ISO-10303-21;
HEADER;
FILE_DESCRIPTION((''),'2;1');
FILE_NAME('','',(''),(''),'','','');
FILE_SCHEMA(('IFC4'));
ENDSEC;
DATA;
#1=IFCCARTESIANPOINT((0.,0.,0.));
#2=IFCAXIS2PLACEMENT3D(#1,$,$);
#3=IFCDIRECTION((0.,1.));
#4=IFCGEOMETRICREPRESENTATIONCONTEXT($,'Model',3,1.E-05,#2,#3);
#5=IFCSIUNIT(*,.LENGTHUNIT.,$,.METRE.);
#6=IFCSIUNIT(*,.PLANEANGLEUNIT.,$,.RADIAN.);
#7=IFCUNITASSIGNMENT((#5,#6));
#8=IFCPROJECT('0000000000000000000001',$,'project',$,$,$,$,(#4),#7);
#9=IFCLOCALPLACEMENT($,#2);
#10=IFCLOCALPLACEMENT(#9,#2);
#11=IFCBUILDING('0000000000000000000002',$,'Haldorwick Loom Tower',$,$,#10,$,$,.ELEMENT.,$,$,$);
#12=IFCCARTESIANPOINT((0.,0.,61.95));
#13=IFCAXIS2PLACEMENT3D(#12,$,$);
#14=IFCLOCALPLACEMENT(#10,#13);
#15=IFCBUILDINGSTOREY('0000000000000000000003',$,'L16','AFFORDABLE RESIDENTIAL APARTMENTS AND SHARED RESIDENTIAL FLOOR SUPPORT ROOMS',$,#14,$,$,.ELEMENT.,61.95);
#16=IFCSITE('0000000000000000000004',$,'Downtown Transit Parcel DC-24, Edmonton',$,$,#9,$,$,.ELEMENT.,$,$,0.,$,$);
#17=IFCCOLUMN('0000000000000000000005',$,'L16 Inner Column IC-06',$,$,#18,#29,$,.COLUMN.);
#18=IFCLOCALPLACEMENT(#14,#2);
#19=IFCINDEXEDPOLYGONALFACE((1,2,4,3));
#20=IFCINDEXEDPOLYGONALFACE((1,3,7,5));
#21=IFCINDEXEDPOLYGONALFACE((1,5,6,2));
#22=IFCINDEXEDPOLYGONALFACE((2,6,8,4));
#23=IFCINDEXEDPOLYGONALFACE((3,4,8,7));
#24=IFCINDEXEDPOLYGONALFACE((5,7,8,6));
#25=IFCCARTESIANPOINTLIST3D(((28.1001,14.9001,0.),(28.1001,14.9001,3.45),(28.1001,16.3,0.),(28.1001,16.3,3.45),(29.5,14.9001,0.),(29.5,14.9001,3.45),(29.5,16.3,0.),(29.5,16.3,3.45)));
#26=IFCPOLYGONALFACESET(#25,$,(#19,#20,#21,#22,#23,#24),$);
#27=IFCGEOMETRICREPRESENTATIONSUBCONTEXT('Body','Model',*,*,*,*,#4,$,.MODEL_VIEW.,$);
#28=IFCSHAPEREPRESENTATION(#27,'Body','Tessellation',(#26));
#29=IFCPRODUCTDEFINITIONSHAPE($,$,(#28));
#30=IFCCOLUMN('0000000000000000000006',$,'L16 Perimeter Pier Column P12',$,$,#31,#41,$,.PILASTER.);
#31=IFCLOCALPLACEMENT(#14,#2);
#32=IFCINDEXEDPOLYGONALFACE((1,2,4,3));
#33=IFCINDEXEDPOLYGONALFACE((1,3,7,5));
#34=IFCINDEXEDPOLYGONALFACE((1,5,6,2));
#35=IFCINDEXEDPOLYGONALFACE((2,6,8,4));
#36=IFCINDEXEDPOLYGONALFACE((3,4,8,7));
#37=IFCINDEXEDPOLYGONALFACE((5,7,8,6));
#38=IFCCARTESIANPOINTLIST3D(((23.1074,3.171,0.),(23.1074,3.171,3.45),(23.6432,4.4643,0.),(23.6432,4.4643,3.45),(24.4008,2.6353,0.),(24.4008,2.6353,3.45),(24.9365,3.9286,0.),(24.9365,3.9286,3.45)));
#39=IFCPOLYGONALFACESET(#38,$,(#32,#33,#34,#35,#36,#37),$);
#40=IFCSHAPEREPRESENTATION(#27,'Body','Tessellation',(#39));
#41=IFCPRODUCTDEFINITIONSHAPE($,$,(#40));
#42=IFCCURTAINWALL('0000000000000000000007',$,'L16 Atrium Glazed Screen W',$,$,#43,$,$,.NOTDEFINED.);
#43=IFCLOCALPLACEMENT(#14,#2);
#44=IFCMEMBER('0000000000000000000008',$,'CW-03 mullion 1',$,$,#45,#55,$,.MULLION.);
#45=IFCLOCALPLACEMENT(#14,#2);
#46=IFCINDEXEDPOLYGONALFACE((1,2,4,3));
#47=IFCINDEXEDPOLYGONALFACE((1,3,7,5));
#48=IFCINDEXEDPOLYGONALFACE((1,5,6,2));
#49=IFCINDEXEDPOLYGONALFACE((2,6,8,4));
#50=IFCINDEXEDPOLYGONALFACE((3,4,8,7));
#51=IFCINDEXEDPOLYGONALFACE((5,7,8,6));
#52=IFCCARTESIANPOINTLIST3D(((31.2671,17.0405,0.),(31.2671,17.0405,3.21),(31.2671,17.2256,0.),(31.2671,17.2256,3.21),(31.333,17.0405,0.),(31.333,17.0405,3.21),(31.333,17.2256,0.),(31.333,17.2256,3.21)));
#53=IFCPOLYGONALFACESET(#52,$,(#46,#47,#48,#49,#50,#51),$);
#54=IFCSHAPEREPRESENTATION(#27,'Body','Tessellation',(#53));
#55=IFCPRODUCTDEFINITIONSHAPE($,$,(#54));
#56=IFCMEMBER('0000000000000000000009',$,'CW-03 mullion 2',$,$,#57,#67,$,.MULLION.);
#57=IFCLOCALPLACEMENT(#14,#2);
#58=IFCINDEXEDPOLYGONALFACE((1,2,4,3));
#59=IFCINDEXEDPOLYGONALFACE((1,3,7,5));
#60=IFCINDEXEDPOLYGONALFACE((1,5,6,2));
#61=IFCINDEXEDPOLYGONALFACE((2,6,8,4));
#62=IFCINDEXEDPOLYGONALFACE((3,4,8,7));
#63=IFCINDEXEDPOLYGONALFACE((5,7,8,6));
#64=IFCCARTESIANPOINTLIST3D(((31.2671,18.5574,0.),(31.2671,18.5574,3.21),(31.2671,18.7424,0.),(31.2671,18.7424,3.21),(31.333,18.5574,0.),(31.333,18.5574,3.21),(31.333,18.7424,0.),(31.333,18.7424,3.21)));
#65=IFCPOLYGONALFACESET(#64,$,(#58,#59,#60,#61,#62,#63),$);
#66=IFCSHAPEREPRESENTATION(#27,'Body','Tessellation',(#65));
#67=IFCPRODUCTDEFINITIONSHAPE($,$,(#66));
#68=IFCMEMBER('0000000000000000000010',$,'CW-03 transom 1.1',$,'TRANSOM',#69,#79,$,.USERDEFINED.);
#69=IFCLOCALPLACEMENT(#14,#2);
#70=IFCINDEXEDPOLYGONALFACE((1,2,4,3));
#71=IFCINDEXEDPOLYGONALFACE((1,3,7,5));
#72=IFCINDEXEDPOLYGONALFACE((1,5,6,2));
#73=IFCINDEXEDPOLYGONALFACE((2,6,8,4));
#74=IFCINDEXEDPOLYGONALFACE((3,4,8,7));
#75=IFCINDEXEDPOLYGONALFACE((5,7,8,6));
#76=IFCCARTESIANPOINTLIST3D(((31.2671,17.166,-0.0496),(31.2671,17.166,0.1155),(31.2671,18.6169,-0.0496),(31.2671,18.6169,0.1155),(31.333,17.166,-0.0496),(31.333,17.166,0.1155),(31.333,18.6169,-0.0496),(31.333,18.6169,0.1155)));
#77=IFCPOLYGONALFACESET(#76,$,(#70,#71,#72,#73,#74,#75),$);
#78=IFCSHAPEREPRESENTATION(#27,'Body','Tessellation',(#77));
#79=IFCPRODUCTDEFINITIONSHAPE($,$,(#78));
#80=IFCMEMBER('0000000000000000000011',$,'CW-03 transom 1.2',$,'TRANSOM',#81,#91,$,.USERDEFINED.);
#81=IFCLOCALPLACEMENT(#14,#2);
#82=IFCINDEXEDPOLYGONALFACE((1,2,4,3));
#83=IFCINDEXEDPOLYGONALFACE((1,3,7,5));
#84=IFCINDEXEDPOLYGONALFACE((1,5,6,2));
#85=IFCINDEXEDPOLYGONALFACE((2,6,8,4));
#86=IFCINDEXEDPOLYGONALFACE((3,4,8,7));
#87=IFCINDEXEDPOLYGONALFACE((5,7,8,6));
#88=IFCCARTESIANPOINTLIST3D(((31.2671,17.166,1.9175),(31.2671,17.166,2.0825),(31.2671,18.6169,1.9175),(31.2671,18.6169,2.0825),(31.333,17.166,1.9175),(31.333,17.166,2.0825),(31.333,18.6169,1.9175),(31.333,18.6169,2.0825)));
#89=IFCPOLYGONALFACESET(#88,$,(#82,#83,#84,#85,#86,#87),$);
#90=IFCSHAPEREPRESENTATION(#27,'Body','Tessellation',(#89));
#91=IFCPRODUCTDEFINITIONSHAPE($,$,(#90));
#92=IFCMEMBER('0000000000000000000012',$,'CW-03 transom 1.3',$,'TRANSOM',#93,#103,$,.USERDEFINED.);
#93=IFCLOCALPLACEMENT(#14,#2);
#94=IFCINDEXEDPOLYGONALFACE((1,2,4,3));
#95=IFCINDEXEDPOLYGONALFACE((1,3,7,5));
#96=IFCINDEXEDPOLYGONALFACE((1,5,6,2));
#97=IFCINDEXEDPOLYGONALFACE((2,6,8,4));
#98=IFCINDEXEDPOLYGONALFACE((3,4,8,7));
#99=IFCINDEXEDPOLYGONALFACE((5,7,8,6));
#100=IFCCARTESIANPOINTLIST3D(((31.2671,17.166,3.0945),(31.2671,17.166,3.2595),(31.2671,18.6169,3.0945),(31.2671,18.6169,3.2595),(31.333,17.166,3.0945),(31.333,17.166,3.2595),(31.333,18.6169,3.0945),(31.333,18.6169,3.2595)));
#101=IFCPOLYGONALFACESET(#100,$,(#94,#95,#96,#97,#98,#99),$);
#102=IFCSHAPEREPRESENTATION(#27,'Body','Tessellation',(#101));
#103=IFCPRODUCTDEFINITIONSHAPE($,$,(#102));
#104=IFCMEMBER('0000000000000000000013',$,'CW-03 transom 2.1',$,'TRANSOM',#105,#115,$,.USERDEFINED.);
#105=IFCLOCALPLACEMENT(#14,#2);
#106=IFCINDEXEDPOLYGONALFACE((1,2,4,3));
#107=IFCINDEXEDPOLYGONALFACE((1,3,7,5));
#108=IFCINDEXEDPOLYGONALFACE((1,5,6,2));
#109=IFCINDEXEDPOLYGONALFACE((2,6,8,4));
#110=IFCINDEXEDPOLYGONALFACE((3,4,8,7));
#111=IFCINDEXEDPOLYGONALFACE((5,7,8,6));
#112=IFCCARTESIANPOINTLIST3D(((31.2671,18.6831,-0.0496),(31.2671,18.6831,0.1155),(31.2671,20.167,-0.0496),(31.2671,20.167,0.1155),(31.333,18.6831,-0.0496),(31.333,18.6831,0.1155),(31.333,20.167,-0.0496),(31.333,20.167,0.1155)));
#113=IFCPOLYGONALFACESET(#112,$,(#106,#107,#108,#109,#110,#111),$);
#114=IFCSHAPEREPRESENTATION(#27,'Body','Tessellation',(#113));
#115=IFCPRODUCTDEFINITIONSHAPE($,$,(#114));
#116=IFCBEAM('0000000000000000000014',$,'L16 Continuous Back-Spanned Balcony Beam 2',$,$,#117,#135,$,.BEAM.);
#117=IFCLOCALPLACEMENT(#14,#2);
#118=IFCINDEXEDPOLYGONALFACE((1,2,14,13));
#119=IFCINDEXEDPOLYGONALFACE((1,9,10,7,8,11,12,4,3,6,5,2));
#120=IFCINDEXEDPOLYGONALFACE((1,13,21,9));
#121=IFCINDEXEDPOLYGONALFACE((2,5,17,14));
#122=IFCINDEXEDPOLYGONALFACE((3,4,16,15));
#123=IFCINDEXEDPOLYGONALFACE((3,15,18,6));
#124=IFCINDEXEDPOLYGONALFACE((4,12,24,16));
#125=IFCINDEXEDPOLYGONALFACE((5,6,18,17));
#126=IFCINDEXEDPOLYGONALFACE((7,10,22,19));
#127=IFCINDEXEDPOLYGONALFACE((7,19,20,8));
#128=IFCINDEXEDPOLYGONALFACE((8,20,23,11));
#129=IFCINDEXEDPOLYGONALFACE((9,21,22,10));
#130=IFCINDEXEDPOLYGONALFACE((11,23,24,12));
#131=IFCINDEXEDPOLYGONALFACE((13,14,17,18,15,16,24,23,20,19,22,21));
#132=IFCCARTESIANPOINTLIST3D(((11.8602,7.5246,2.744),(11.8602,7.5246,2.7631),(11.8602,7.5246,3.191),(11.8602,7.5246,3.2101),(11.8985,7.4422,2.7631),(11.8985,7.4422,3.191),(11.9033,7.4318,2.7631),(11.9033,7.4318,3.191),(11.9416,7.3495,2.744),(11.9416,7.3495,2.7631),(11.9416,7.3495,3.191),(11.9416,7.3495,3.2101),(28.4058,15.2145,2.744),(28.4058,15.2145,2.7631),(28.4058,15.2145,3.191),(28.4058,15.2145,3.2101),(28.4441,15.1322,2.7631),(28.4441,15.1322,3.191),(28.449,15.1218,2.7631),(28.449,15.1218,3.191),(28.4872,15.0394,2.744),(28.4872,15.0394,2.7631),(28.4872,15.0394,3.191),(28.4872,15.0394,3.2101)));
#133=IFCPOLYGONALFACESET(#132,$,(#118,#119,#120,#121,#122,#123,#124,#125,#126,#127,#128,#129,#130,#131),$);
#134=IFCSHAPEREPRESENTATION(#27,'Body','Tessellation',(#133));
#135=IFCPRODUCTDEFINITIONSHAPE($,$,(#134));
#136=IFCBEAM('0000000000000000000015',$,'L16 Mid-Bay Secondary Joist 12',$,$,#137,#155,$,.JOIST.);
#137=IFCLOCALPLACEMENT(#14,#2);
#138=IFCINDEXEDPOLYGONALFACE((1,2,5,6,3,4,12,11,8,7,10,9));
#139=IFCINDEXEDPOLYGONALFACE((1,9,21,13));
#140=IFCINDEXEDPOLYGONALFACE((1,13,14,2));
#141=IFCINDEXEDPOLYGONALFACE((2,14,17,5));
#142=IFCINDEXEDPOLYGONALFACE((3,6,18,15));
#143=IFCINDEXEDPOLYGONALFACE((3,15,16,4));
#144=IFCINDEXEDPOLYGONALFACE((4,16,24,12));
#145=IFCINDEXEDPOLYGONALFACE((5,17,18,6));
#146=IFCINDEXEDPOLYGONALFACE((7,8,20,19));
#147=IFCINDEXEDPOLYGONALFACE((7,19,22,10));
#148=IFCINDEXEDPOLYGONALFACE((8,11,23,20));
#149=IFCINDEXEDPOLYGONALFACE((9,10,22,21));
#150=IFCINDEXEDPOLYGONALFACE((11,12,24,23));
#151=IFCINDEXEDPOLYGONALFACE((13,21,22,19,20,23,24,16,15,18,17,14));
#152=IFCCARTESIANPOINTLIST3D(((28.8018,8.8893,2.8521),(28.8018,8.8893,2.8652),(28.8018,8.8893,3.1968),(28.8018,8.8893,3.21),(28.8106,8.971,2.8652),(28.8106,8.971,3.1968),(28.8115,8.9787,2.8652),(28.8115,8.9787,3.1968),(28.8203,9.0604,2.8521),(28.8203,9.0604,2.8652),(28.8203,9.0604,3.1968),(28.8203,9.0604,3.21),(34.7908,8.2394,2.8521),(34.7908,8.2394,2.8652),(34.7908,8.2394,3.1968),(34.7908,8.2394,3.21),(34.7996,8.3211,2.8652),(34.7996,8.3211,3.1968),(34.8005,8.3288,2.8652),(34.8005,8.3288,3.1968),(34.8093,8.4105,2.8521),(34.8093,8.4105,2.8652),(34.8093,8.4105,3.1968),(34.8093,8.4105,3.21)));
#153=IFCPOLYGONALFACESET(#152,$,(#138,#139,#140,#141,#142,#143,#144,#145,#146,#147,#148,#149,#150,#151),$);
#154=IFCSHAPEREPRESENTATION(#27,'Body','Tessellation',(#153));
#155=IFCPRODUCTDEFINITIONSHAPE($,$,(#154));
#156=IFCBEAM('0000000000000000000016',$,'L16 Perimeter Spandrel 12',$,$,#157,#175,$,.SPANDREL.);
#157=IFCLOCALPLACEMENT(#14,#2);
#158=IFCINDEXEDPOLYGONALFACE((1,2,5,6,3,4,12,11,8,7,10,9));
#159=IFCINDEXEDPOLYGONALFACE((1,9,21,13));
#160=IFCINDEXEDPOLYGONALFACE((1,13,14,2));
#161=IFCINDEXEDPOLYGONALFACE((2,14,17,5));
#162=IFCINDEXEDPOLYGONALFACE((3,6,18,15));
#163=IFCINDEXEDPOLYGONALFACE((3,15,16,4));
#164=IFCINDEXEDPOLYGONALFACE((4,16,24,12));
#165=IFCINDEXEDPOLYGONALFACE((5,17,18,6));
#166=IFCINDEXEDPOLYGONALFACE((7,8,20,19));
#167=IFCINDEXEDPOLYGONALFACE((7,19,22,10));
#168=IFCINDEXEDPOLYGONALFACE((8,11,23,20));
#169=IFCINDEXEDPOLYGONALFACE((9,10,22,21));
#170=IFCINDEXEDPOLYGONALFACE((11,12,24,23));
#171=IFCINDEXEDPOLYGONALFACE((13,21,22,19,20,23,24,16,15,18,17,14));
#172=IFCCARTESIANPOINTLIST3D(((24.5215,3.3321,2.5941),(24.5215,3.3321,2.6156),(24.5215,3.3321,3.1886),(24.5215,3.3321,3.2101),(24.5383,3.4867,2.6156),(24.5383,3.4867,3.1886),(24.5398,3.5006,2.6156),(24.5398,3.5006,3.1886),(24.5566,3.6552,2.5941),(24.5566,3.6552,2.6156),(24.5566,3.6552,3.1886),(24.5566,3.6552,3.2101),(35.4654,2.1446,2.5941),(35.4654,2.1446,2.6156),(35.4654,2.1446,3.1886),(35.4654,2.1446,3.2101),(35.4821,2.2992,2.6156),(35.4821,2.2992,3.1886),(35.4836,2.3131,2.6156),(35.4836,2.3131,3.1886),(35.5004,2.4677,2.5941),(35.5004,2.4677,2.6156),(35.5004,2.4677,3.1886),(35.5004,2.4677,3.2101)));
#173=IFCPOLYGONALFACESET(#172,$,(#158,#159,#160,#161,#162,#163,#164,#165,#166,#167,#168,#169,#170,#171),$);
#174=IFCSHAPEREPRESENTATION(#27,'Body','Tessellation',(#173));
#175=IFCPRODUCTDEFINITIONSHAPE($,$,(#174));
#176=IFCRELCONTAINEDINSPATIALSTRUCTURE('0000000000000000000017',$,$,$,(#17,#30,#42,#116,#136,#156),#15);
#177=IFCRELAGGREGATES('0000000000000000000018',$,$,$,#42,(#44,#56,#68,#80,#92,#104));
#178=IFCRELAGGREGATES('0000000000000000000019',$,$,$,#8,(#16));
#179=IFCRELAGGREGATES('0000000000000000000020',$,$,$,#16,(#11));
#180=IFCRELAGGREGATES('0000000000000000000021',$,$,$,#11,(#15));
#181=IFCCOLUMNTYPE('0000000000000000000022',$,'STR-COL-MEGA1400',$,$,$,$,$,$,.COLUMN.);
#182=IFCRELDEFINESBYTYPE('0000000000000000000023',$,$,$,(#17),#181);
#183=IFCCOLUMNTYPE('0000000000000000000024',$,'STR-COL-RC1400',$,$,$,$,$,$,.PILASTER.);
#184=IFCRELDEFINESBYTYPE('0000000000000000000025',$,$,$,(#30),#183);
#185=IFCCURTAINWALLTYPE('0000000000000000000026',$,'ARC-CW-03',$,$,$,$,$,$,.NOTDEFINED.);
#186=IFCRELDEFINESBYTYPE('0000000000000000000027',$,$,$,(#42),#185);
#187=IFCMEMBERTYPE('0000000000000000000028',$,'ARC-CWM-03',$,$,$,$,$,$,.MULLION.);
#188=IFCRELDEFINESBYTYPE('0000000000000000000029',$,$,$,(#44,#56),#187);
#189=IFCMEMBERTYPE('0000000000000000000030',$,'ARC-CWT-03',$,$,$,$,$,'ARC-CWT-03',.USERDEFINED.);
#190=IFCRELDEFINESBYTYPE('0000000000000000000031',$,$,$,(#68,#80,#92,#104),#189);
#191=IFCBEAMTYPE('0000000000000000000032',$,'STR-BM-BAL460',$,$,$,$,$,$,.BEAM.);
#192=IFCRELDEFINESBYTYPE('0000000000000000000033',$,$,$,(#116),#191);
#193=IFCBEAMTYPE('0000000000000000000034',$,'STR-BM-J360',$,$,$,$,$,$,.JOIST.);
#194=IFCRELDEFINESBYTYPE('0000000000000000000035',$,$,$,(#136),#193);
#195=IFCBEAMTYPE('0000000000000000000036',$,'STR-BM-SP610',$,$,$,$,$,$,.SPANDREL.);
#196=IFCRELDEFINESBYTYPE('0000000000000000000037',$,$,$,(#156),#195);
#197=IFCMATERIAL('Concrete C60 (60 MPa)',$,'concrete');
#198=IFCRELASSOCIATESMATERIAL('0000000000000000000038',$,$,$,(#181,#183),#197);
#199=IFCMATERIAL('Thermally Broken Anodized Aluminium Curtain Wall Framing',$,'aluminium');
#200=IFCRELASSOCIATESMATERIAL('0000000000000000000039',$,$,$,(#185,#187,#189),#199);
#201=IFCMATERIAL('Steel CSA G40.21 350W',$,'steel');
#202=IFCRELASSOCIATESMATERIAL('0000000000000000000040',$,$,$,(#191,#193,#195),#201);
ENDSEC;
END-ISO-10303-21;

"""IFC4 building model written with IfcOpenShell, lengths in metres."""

from ifc_helpers import new_model, si_unit, direction, frame, origin, origin_2d, place, context, subcontext, project, spatial, rectangle, i_section, extrude, material, material_profile, profile_set, type_object, element, aggregate, save


model = new_model("IFC4")

# Units and contexts
model_context = context("Model", 3, precision=1e-05, world=origin(), true_north=direction((0.0, 1.0)))
body_context = subcontext(model_context, "Body", "Model", "MODEL_VIEW")
ifc_project = project(units=[si_unit("LENGTHUNIT", "METRE"), si_unit("PLANEANGLEUNIT", "RADIAN")], contexts=[model_context])

# Site, building, storey
site_placement = place(None, origin())
site = spatial("IfcSite", under=ifc_project, at=site_placement, Name="Downtown Transit Parcel DC-24, Edmonton", CompositionType="ELEMENT", RefElevation=0.0)
building_placement = place(site_placement, origin())
building = spatial("IfcBuilding", under=site, at=building_placement, Name="Haldorwick Loom Tower", CompositionType="ELEMENT")
storey_placement = place(building_placement, frame((0.0, 0.0, 61.95)))
storey = spatial("IfcBuildingStorey", under=building, at=storey_placement, Name="L16", Description="AFFORDABLE RESIDENTIAL APARTMENTS AND SHARED RESIDENTIAL FLOOR SUPPORT ROOMS", CompositionType="ELEMENT", Elevation=61.95)

# Columns
ifc_material_1 = material(Name="Concrete C60 (60 MPa)", Category="concrete")
ifc_material_profile_1 = material_profile(ifc_material_1, rectangle(XDim=1.3999, YDim=1.3999, at=origin_2d()), Name="RC1400X1400", Category="concrete")
ifc_profile_set_1 = profile_set([ifc_material_profile_1], Name="Concrete C60 (60 MPa)")
column_type_1 = type_object("IfcColumnType", Name="STR-COL-MEGA1400", PredefinedType="COLUMN", material=ifc_profile_set_1)
column_1_placement = place(storey_placement, frame((28.8, 15.6001, 0.0), z_axis=(0.0, 0.0, 1.0), x_axis=(1.0, 0.0, 0.0)))
element("IfcColumn", 1, at=column_1_placement, inside=storey, type_object=column_type_1, Name="L16 Inner Column IC-06", PredefinedType="COLUMN", context=body_context, shape_type="SweptSolid", body=[
    extrude(rectangle(XDim=1.3999, YDim=1.3999, at=origin_2d()), origin(), (0.0, 0.0, 1.0), 3.45),
])
ifc_material_profile_2 = material_profile(ifc_material_1, rectangle(XDim=1.3999, YDim=1.3999, at=origin_2d()), Name="RC1400X1400", Category="concrete")
ifc_profile_set_2 = profile_set([ifc_material_profile_2], Name="Concrete C60 (60 MPa)")
column_type_2 = type_object("IfcColumnType", Name="STR-COL-RC1400", PredefinedType="PILASTER", material=ifc_profile_set_2)
column_2_placement = place(storey_placement, frame((24.022, 3.5498, 0.0), z_axis=(0.0, 0.0, 1.0), x_axis=(-0.382683, -0.92388, 0.0)))
element("IfcColumn", 2, at=column_2_placement, inside=storey, type_object=column_type_2, Name="L16 Perimeter Pier Column P12", PredefinedType="PILASTER", context=body_context, shape_type="SweptSolid", body=[
    extrude(rectangle(XDim=1.3999, YDim=1.3999, at=origin_2d()), origin(), (0.0, 0.0, 1.0), 3.45),
])

# Curtain wall, members
ifc_material_2 = material(Name="Thermally Broken Anodized Aluminium Curtain Wall Framing", Category="aluminium")
curtain_wall_type = type_object("IfcCurtainWallType", Name="ARC-CW-03", PredefinedType="NOTDEFINED", material=ifc_material_2)
curtain_wall_placement = place(storey_placement, origin())
curtain_wall = element("IfcCurtainWall", 3, at=curtain_wall_placement, inside=storey, type_object=curtain_wall_type, Name="L16 Atrium Glazed Screen W", PredefinedType="NOTDEFINED")
ifc_material_profile_3 = material_profile(ifc_material_2, rectangle(XDim=0.0659, YDim=0.1851, at=origin_2d()), Name="ALU_MUL_66X185", Category="aluminium")
ifc_profile_set_3 = profile_set([ifc_material_profile_3], Name="Thermally Broken Anodized Aluminium Curtain Wall Framing")
member_type_1 = type_object("IfcMemberType", Name="ARC-CWM-03", PredefinedType="MULLION", material=ifc_profile_set_3)
member_1_placement = place(storey_placement, frame((31.3, 17.1331, 0.0), z_axis=(0.0, 0.0, 1.0), x_axis=(-1.0, 0.0, 0.0)))
member_1 = element("IfcMember", 4, at=member_1_placement, type_object=member_type_1, Name="CW-03 mullion 1", PredefinedType="MULLION", context=body_context, shape_type="SweptSolid", body=[
    extrude(rectangle(XDim=0.0659, YDim=0.1851, at=origin_2d()), origin(), (0.0, 0.0, 1.0), 3.21),
])
member_2_placement = place(storey_placement, frame((31.3, 18.6499, 0.0), z_axis=(0.0, 0.0, 1.0), x_axis=(-1.0, 0.0, 0.0)))
member_2 = element("IfcMember", 5, at=member_2_placement, type_object=member_type_1, Name="CW-03 mullion 2", PredefinedType="MULLION", context=body_context, shape_type="SweptSolid", body=[
    extrude(rectangle(XDim=0.0659, YDim=0.1851, at=origin_2d()), origin(), (0.0, 0.0, 1.0), 3.21),
])
ifc_material_profile_4 = material_profile(ifc_material_2, rectangle(XDim=0.0659, YDim=0.165, at=origin_2d()), Name="ALU_TRN_66X165", Category="aluminium")
ifc_profile_set_4 = profile_set([ifc_material_profile_4], Name="Thermally Broken Anodized Aluminium Curtain Wall Framing")
member_type_2 = type_object("IfcMemberType", Name="ARC-CWT-03", ElementType="ARC-CWT-03", PredefinedType="USERDEFINED", material=ifc_profile_set_4)
member_3_placement = place(storey_placement, frame((31.3, 17.166, 0.033), z_axis=(0.0, 1.0, 0.0), x_axis=(-1.0, 0.0, 0.0)))
member_3 = element("IfcMember", 6, at=member_3_placement, type_object=member_type_2, Name="CW-03 transom 1.1", ObjectType="TRANSOM", PredefinedType="USERDEFINED", context=body_context, shape_type="SweptSolid", body=[
    extrude(rectangle(XDim=0.0659, YDim=0.165, at=origin_2d()), origin(), (0.0, 0.0, 1.0), 1.4509),
])
member_4_placement = place(storey_placement, frame((31.3, 17.166, 2.0), z_axis=(0.0, 1.0, 0.0), x_axis=(-1.0, 0.0, 0.0)))
member_4 = element("IfcMember", 7, at=member_4_placement, type_object=member_type_2, Name="CW-03 transom 1.2", ObjectType="TRANSOM", PredefinedType="USERDEFINED", context=body_context, shape_type="SweptSolid", body=[
    extrude(rectangle(XDim=0.0659, YDim=0.165, at=origin_2d()), origin(), (0.0, 0.0, 1.0), 1.4509),
])
member_5_placement = place(storey_placement, frame((31.3, 17.166, 3.177), z_axis=(0.0, 1.0, 0.0), x_axis=(-1.0, 0.0, 0.0)))
member_5 = element("IfcMember", 8, at=member_5_placement, type_object=member_type_2, Name="CW-03 transom 1.3", ObjectType="TRANSOM", PredefinedType="USERDEFINED", context=body_context, shape_type="SweptSolid", body=[
    extrude(rectangle(XDim=0.0659, YDim=0.165, at=origin_2d()), origin(), (0.0, 0.0, 1.0), 1.4509),
])
member_6_placement = place(storey_placement, frame((31.3, 18.6831, 0.033), z_axis=(0.0, 1.0, 0.0), x_axis=(-1.0, 0.0, 0.0)))
member_6 = element("IfcMember", 9, at=member_6_placement, type_object=member_type_2, Name="CW-03 transom 2.1", ObjectType="TRANSOM", PredefinedType="USERDEFINED", context=body_context, shape_type="SweptSolid", body=[
    extrude(rectangle(XDim=0.0659, YDim=0.165, at=origin_2d()), origin(), (0.0, 0.0, 1.0), 1.4839),
])

# Beams
ifc_material_3 = material(Name="Steel CSA G40.21 350W", Category="steel")
ifc_material_profile_5 = material_profile(ifc_material_3, i_section(OverallWidth=0.1931, OverallDepth=0.4661, WebThickness=0.0115, FlangeThickness=0.019, at=origin_2d()), Name="W460X97", Category="steel")
ifc_profile_set_5 = profile_set([ifc_material_profile_5], Name="Steel CSA G40.21 350W")
beam_type_1 = type_object("IfcBeamType", Name="STR-BM-BAL460", PredefinedType="BEAM", material=ifc_profile_set_5)
beam_1_placement = place(storey_placement, frame((28.4465, 15.127, 2.9771), z_axis=(-0.906841, -0.421473, 0.0), x_axis=(0.421473, -0.906841, 0.0)))
element("IfcBeam", 10, at=beam_1_placement, inside=storey, type_object=beam_type_1, Name="L16 Continuous Back-Spanned Balcony Beam 2", PredefinedType="BEAM", context=body_context, shape_type="SweptSolid", body=[
    extrude(i_section(OverallWidth=0.1931, OverallDepth=0.4661, WebThickness=0.0115, FlangeThickness=0.019, at=origin_2d()), origin(), (0.0, 0.0, 1.0), 18.2454),
])
ifc_material_profile_6 = material_profile(ifc_material_3, i_section(OverallWidth=0.1721, OverallDepth=0.3579, WebThickness=0.0078, FlangeThickness=0.0132, at=origin_2d()), Name="W360X57", Category="steel")
ifc_profile_set_6 = profile_set([ifc_material_profile_6], Name="Steel CSA G40.21 350W")
beam_type_2 = type_object("IfcBeamType", Name="STR-BM-J360", PredefinedType="JOIST", material=ifc_profile_set_6)
beam_2_placement = place(storey_placement, frame((28.811, 8.9749, 3.031), z_axis=(0.994164, -0.107882, 0.0), x_axis=(0.107882, 0.994164, 0.0)))
element("IfcBeam", 11, at=beam_2_placement, inside=storey, type_object=beam_type_2, Name="L16 Mid-Bay Secondary Joist 12", PredefinedType="JOIST", context=body_context, shape_type="SweptSolid", body=[
    extrude(i_section(OverallWidth=0.1721, OverallDepth=0.3579, WebThickness=0.0078, FlangeThickness=0.0132, at=origin_2d()), origin(), (0.0, 0.0, 1.0), 6.0242),
])
ifc_material_profile_7 = material_profile(ifc_material_3, i_section(OverallWidth=0.325, OverallDepth=0.616, WebThickness=0.0139, FlangeThickness=0.0215, at=origin_2d()), Name="W610X174", Category="steel")
ifc_profile_set_7 = profile_set([ifc_material_profile_7], Name="Steel CSA G40.21 350W")
beam_type_3 = type_object("IfcBeamType", Name="STR-BM-SP610", PredefinedType="SPANDREL", material=ifc_profile_set_7)
beam_3_placement = place(storey_placement, frame((24.5391, 3.4937, 2.9021), z_axis=(0.994164, -0.107875, 0.0), x_axis=(0.107875, 0.994164, 0.0)))
element("IfcBeam", 12, at=beam_3_placement, inside=storey, type_object=beam_type_3, Name="L16 Perimeter Spandrel 12", PredefinedType="SPANDREL", context=body_context, shape_type="SweptSolid", body=[
    extrude(i_section(OverallWidth=0.325, OverallDepth=0.616, WebThickness=0.0139, FlangeThickness=0.0215, at=origin_2d()), origin(), (0.0, 0.0, 1.0), 11.0081),
])

aggregate(curtain_wall, [member_1, member_2, member_3, member_4, member_5, member_6])

save(model, "model.ifc")
